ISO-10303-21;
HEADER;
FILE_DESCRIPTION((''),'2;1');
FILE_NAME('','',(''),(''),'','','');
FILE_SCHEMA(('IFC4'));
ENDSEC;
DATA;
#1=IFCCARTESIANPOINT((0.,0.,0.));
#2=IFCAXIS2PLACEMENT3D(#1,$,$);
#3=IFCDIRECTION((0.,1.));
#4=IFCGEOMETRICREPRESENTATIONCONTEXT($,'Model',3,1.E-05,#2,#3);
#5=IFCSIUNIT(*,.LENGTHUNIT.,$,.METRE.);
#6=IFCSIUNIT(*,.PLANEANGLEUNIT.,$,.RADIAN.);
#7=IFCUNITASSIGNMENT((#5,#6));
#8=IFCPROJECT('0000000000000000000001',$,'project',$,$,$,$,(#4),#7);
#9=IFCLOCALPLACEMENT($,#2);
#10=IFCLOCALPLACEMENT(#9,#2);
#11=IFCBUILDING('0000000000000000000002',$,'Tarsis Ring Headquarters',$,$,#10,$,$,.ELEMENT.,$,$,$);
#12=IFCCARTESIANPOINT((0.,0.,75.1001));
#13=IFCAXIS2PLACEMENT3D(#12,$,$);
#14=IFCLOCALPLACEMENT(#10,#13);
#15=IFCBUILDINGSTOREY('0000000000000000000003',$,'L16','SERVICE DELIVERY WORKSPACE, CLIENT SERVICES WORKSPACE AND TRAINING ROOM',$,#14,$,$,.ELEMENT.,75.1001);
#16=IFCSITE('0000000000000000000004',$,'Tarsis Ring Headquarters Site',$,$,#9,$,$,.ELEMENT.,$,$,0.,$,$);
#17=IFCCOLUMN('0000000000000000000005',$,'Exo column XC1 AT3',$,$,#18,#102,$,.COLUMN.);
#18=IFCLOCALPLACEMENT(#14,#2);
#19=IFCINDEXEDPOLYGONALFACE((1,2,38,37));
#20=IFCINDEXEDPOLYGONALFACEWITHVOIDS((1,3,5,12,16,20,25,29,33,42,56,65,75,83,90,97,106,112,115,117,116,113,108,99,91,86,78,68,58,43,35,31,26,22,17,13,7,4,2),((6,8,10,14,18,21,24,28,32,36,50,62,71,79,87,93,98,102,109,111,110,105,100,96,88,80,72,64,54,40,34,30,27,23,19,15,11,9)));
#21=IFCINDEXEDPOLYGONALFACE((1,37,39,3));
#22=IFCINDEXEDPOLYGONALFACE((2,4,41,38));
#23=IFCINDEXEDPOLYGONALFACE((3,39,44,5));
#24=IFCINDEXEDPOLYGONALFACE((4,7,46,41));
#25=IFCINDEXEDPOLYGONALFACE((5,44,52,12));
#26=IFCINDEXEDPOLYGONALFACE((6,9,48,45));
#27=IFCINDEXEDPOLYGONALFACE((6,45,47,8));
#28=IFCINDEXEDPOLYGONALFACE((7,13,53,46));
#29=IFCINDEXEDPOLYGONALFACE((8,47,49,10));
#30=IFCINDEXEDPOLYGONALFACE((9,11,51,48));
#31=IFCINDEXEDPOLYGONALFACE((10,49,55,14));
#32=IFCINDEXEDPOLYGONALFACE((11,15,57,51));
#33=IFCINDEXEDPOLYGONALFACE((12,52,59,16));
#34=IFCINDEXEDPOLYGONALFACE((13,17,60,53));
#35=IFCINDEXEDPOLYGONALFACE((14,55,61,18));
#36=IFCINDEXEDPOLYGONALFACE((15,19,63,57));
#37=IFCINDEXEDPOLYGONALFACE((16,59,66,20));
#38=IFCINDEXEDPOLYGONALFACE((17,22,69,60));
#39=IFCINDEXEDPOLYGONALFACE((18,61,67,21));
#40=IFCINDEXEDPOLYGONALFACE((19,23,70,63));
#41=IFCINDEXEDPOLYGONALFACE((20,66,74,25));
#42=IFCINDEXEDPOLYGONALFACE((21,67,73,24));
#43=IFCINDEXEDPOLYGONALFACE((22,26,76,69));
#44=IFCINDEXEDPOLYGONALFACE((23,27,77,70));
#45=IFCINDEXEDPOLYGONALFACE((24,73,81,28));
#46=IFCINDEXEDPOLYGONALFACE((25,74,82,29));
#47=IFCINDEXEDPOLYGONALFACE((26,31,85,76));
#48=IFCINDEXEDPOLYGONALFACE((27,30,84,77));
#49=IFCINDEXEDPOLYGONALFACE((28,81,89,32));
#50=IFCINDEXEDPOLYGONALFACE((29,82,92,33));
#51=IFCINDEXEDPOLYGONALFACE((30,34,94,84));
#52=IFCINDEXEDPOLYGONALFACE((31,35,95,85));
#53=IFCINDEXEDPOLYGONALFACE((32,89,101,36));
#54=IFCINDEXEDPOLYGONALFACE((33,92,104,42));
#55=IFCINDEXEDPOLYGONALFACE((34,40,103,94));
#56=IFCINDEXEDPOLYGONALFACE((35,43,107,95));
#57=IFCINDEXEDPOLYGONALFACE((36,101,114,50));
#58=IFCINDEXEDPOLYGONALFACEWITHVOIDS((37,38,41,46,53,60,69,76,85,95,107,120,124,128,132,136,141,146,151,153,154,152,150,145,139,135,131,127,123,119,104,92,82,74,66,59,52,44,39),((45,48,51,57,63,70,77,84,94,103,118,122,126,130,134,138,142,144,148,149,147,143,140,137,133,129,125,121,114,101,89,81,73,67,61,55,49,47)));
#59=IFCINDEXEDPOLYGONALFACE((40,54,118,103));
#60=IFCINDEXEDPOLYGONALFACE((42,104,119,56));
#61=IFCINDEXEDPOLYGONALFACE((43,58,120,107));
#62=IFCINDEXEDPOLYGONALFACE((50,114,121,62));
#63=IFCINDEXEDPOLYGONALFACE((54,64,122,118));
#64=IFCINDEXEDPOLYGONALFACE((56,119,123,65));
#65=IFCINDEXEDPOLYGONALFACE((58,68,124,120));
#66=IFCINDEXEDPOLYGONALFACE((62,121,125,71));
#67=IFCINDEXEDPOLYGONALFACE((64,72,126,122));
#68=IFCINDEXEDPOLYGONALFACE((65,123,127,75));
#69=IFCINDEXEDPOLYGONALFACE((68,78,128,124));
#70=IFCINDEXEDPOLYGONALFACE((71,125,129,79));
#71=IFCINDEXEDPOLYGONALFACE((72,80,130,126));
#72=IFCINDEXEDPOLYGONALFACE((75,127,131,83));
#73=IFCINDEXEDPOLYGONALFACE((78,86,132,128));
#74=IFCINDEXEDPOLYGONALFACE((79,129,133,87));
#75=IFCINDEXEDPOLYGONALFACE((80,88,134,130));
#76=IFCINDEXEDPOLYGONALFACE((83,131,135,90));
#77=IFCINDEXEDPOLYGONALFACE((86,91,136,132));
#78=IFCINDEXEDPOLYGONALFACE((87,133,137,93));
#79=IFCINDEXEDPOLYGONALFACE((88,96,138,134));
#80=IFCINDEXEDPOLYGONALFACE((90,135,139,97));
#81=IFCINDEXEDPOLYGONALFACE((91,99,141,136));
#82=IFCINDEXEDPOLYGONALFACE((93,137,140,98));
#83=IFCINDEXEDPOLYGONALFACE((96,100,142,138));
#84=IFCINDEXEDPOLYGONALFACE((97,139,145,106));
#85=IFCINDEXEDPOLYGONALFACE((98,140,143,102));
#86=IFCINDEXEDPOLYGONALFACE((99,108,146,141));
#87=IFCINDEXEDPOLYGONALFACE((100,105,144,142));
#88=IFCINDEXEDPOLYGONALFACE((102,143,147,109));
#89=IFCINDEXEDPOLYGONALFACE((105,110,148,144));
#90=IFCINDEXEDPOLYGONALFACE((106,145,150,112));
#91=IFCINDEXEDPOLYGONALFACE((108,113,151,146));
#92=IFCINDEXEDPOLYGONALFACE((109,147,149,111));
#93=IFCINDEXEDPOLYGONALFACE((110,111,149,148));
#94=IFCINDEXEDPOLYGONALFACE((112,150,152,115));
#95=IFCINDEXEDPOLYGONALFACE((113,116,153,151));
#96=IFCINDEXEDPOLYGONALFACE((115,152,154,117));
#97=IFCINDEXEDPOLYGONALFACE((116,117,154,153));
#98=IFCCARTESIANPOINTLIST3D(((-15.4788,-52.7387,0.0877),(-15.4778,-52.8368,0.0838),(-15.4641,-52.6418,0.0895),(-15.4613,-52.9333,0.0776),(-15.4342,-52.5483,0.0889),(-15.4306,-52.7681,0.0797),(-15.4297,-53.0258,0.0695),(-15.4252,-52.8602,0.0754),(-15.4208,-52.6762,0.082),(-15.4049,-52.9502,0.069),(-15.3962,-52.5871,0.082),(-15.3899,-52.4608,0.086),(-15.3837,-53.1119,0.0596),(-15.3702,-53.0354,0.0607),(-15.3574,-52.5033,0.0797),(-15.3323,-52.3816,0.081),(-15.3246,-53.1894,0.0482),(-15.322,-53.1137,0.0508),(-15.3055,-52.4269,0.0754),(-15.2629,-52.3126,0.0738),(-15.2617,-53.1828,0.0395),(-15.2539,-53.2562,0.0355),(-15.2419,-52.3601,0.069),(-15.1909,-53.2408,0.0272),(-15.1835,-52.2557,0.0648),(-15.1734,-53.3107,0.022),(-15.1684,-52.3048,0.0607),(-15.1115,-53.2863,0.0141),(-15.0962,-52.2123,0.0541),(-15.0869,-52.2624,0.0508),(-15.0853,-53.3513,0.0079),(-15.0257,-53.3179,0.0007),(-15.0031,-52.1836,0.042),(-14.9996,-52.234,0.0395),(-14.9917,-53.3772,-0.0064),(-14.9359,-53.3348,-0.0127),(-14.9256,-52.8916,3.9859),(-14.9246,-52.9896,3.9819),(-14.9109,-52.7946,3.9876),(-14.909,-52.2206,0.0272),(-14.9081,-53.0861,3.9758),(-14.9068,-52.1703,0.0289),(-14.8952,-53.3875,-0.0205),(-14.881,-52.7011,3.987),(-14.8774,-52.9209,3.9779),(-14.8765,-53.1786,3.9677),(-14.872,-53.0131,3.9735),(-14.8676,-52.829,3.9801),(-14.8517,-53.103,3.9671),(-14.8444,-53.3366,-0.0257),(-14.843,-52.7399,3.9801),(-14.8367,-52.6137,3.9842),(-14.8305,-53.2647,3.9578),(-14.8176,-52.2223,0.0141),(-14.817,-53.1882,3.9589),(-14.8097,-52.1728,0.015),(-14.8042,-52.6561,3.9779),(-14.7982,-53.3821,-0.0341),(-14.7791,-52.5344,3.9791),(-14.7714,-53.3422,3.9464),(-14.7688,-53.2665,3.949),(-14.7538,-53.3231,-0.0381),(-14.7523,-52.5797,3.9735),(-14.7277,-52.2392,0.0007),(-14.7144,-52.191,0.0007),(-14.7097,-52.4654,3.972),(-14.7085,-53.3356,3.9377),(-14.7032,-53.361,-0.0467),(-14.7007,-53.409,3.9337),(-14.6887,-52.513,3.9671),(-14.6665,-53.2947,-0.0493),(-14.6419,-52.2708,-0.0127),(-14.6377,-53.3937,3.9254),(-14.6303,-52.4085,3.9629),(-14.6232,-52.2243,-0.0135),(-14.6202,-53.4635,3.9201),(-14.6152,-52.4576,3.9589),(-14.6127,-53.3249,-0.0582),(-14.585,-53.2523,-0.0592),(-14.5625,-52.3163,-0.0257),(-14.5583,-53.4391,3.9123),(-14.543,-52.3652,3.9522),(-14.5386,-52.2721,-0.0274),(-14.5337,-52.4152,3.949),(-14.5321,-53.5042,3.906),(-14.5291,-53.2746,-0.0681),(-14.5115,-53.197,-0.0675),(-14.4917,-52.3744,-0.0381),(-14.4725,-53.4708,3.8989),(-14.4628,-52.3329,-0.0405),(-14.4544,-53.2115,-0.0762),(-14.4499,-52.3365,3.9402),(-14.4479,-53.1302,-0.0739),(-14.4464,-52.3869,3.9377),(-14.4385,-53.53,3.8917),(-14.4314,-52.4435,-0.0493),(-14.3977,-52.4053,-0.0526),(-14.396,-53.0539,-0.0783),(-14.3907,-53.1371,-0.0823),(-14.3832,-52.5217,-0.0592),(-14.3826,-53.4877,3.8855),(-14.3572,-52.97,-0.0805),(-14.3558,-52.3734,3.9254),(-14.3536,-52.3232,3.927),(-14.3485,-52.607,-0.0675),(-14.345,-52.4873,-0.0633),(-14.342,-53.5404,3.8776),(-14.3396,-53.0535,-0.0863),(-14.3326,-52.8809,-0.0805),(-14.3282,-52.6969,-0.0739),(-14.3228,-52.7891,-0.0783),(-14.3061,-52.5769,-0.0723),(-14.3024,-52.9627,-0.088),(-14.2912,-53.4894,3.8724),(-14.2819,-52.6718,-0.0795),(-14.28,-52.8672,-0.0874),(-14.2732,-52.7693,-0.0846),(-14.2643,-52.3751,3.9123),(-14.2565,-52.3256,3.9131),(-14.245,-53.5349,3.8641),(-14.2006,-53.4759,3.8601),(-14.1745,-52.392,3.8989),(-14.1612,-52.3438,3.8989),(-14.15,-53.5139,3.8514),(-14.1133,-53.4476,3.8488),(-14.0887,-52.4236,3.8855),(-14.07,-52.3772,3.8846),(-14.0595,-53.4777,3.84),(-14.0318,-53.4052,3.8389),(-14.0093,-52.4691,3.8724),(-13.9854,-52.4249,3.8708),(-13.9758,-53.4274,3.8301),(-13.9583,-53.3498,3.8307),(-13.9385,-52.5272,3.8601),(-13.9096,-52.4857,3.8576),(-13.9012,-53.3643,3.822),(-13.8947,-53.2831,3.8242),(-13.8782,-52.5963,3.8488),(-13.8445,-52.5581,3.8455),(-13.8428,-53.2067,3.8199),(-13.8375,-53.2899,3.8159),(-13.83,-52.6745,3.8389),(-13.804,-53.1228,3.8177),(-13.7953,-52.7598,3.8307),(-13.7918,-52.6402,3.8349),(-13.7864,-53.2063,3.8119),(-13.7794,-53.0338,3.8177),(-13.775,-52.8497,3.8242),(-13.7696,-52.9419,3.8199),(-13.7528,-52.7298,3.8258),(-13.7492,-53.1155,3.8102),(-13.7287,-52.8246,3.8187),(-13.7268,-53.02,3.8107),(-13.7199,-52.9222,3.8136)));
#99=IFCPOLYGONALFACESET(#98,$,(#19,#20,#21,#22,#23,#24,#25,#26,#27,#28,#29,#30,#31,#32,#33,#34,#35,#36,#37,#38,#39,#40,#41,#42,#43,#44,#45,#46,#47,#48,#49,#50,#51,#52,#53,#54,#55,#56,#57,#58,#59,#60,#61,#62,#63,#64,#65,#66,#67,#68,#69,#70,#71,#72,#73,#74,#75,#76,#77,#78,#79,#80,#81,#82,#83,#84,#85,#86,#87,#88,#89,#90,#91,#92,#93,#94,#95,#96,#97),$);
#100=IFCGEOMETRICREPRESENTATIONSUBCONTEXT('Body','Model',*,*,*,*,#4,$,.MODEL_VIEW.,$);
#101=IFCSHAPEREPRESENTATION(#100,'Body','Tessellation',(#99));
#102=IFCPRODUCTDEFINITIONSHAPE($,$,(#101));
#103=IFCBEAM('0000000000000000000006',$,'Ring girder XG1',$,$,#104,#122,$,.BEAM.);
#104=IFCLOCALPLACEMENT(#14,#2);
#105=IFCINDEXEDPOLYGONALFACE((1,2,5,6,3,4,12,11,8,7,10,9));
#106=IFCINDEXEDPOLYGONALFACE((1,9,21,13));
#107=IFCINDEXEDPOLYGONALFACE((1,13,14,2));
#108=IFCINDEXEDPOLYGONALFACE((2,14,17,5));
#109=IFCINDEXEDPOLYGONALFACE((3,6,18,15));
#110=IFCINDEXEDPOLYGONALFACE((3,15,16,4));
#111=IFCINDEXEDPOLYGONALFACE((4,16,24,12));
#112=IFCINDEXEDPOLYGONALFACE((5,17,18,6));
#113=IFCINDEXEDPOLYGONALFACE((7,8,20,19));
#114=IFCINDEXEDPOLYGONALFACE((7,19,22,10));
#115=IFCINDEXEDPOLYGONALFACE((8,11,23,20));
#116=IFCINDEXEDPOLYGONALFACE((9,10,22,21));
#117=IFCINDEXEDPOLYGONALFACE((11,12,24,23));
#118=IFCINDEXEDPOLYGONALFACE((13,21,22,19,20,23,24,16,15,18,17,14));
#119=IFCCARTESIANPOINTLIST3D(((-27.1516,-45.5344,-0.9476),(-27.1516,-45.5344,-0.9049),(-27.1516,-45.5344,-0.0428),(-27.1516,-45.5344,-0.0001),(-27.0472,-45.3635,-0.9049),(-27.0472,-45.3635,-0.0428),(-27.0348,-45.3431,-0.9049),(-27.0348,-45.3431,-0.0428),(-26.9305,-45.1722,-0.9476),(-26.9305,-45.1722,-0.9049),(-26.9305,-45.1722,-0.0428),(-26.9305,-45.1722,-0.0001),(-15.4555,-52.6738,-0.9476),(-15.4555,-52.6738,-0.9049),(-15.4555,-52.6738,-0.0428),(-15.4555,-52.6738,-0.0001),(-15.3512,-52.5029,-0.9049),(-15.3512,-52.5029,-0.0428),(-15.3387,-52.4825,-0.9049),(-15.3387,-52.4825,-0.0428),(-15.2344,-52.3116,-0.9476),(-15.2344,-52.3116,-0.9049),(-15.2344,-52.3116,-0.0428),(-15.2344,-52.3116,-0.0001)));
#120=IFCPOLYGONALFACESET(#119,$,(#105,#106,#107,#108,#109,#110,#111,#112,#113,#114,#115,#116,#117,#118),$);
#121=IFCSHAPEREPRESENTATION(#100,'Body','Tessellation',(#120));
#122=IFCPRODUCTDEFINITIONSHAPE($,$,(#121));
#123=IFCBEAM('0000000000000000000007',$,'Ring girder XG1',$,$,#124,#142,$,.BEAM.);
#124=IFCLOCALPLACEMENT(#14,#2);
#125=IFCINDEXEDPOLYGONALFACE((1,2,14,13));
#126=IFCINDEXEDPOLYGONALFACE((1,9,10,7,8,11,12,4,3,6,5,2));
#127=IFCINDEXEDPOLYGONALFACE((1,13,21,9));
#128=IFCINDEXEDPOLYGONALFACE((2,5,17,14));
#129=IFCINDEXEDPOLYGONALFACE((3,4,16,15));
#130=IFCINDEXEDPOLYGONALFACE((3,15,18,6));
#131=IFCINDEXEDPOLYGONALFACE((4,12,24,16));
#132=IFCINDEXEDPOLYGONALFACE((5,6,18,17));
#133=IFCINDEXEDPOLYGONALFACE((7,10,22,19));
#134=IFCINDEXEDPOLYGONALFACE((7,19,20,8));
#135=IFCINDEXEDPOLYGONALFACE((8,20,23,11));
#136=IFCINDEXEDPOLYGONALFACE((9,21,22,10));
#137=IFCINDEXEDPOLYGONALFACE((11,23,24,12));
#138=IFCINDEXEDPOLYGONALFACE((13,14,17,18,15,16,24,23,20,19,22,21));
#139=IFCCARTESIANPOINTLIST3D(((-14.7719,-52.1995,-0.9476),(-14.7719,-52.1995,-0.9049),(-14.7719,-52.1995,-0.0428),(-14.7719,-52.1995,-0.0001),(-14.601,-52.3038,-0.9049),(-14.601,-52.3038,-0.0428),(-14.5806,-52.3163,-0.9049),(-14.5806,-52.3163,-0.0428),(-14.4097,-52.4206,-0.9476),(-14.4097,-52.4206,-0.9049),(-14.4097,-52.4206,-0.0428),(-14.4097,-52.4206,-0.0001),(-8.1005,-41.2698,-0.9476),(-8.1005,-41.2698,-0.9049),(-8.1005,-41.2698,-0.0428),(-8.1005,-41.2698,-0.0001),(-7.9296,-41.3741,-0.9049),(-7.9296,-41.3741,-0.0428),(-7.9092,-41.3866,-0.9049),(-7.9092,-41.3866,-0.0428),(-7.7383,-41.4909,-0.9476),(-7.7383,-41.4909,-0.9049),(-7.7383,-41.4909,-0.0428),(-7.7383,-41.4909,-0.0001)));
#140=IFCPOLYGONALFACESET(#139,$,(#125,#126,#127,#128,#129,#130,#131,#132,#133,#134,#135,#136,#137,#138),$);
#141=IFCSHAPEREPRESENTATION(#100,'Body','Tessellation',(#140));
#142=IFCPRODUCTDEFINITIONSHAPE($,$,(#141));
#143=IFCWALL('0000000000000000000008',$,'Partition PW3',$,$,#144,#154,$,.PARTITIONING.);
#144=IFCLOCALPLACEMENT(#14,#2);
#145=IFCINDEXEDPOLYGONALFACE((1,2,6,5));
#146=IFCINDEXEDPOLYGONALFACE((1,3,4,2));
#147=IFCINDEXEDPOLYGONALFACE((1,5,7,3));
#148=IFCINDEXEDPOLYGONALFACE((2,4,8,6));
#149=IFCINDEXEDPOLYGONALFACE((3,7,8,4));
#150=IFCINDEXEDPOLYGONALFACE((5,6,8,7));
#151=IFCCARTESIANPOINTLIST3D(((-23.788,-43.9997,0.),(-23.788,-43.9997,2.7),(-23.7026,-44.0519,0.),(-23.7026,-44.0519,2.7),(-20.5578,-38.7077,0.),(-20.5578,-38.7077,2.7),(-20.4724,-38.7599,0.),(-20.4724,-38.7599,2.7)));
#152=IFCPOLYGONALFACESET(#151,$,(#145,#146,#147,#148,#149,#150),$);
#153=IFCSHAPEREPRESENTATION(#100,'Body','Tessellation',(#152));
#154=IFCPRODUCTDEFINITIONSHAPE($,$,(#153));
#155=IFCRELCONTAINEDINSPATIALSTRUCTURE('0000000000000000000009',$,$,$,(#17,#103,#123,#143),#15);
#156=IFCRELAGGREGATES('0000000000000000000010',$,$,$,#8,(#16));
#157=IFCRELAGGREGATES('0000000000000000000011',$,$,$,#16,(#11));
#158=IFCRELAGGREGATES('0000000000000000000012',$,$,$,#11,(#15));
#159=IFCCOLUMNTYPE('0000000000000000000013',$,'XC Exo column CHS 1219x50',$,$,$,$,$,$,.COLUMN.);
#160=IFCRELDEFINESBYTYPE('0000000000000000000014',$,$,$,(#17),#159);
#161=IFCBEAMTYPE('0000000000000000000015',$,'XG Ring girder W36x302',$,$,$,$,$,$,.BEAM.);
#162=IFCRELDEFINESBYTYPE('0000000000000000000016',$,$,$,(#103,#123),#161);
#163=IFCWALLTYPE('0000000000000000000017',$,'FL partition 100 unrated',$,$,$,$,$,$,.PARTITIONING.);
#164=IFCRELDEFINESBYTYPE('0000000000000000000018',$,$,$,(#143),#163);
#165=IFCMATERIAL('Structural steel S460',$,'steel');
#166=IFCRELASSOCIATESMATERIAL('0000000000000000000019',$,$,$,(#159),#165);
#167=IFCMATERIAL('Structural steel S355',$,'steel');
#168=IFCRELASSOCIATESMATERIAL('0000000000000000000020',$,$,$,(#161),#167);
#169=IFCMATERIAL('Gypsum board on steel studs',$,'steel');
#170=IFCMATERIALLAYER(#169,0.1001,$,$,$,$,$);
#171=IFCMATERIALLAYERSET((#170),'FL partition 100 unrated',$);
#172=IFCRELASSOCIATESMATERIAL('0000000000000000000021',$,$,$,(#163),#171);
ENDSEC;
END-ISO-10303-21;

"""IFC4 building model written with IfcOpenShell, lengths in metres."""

from ifc_helpers import new_model, si_unit, direction, frame, frame_2d, origin, origin_2d, place, context, subcontext, project, spatial, rectangle, hollow_circle, i_section, extrude, material, layer, layer_set, material_profile, profile_set, type_object, element, save


model = new_model("IFC4")

# Units and contexts
model_context = context("Model", 3, precision=1e-05, world=origin(), true_north=direction((0.0, 1.0)))
body_context = subcontext(model_context, "Body", "Model", "MODEL_VIEW")
ifc_project = project(units=[si_unit("LENGTHUNIT", "METRE"), si_unit("PLANEANGLEUNIT", "RADIAN")], contexts=[model_context])

# Site, building, storey
site_placement = place(None, origin())
site = spatial("IfcSite", under=ifc_project, at=site_placement, Name="Tarsis Ring Headquarters Site", CompositionType="ELEMENT", RefElevation=0.0)
building_placement = place(site_placement, origin())
building = spatial("IfcBuilding", under=site, at=building_placement, Name="Tarsis Ring Headquarters", CompositionType="ELEMENT")
storey_placement = place(building_placement, frame((0.0, 0.0, 75.1001)))
storey = spatial("IfcBuildingStorey", under=building, at=storey_placement, Name="L16", Description="SERVICE DELIVERY WORKSPACE, CLIENT SERVICES WORKSPACE AND TRAINING ROOM", CompositionType="ELEMENT", Elevation=75.1001)

# Column
ifc_material_1 = material(Name="Structural steel S460", Category="steel")
ifc_material_profile_1 = material_profile(ifc_material_1, hollow_circle(Radius=0.6096, WallThickness=0.05, at=origin_2d()), Name="CHS 1219x50")
ifc_profile_set_1 = profile_set([ifc_material_profile_1], Name="Structural steel S460")
column_type = type_object("IfcColumnType", Name="XC Exo column CHS 1219x50", PredefinedType="COLUMN", material=ifc_profile_set_1)
column_placement = place(storey_placement, frame((-14.8767, -52.7786, 0.0007), z_axis=(0.140404, -0.038788, 0.989334), x_axis=(0.266283, 0.963895, 0.0)))
element("IfcColumn", 1, at=column_placement, inside=storey, type_object=column_type, Name="Exo column XC1 AT3", PredefinedType="COLUMN", context=body_context, shape_type="SweptSolid", body=[
    extrude(hollow_circle(Radius=0.6096, WallThickness=0.05, at=origin_2d()), origin(), (0.0, 0.0, 1.0), 3.9402),
])

# Beams
ifc_material_2 = material(Name="Structural steel S355", Category="steel")
ifc_material_profile_2 = material_profile(ifc_material_2, i_section(OverallWidth=0.4243, OverallDepth=0.9475, WebThickness=0.0239, FlangeThickness=0.0427, at=origin_2d()), Name="W36x302")
ifc_profile_set_2 = profile_set([ifc_material_profile_2], Name="Structural steel S355")
beam_type = type_object("IfcBeamType", Name="XG Ring girder W36x302", PredefinedType="BEAM", material=ifc_profile_set_2)
beam_1_placement = place(storey_placement, frame((-27.041, -45.3533, -0.4739), z_axis=(0.853547, -0.521015, 0.0), x_axis=(0.521015, 0.853547, 0.0)))
element("IfcBeam", 2, at=beam_1_placement, inside=storey, type_object=beam_type, Name="Ring girder XG1", PredefinedType="BEAM", context=body_context, shape_type="SweptSolid", body=[
    extrude(i_section(OverallWidth=0.4243, OverallDepth=0.9475, WebThickness=0.0239, FlangeThickness=0.0427, at=origin_2d()), origin(), (0.0, 0.0, 1.0), 13.7029),
])
beam_2_placement = place(storey_placement, frame((-14.5908, -52.3101, -0.4739), z_axis=(0.521003, 0.853555, 0.0), x_axis=(-0.853555, 0.521003, 0.0)))
element("IfcBeam", 3, at=beam_2_placement, inside=storey, type_object=beam_type, Name="Ring girder XG1", PredefinedType="BEAM", context=body_context, shape_type="SweptSolid", body=[
    extrude(i_section(OverallWidth=0.4243, OverallDepth=0.9475, WebThickness=0.0239, FlangeThickness=0.0427, at=origin_2d()), origin(), (0.0, 0.0, 1.0), 12.8049),
])

# Wall
ifc_material_3 = material(Name="Gypsum board on steel studs", Category="steel")
ifc_layer_1 = layer(ifc_material_3, 0.1001)
ifc_layer_set_1 = layer_set([ifc_layer_1], Name="FL partition 100 unrated")
wall_type_1 = type_object("IfcWallType", Name="FL partition 100 unrated", PredefinedType="PARTITIONING", material=ifc_layer_set_1)
wall_1_placement = place(storey_placement, frame((-23.7454, -44.0259, 0.0), z_axis=(0.0, 0.0, 1.0), x_axis=(0.521007, 0.853552, 0.0)))
element("IfcWall", 4, at=wall_1_placement, inside=storey, type_object=wall_type_1, Name="Partition PW3", PredefinedType="PARTITIONING", context=body_context, shape_type="SweptSolid", body=[
    extrude(rectangle(XDim=6.2, YDim=0.1001, at=frame_2d((3.1001, 0.0))), origin(), (0.0, 0.0, 1.0), 2.7),
])

save(model, "model.ifc")
